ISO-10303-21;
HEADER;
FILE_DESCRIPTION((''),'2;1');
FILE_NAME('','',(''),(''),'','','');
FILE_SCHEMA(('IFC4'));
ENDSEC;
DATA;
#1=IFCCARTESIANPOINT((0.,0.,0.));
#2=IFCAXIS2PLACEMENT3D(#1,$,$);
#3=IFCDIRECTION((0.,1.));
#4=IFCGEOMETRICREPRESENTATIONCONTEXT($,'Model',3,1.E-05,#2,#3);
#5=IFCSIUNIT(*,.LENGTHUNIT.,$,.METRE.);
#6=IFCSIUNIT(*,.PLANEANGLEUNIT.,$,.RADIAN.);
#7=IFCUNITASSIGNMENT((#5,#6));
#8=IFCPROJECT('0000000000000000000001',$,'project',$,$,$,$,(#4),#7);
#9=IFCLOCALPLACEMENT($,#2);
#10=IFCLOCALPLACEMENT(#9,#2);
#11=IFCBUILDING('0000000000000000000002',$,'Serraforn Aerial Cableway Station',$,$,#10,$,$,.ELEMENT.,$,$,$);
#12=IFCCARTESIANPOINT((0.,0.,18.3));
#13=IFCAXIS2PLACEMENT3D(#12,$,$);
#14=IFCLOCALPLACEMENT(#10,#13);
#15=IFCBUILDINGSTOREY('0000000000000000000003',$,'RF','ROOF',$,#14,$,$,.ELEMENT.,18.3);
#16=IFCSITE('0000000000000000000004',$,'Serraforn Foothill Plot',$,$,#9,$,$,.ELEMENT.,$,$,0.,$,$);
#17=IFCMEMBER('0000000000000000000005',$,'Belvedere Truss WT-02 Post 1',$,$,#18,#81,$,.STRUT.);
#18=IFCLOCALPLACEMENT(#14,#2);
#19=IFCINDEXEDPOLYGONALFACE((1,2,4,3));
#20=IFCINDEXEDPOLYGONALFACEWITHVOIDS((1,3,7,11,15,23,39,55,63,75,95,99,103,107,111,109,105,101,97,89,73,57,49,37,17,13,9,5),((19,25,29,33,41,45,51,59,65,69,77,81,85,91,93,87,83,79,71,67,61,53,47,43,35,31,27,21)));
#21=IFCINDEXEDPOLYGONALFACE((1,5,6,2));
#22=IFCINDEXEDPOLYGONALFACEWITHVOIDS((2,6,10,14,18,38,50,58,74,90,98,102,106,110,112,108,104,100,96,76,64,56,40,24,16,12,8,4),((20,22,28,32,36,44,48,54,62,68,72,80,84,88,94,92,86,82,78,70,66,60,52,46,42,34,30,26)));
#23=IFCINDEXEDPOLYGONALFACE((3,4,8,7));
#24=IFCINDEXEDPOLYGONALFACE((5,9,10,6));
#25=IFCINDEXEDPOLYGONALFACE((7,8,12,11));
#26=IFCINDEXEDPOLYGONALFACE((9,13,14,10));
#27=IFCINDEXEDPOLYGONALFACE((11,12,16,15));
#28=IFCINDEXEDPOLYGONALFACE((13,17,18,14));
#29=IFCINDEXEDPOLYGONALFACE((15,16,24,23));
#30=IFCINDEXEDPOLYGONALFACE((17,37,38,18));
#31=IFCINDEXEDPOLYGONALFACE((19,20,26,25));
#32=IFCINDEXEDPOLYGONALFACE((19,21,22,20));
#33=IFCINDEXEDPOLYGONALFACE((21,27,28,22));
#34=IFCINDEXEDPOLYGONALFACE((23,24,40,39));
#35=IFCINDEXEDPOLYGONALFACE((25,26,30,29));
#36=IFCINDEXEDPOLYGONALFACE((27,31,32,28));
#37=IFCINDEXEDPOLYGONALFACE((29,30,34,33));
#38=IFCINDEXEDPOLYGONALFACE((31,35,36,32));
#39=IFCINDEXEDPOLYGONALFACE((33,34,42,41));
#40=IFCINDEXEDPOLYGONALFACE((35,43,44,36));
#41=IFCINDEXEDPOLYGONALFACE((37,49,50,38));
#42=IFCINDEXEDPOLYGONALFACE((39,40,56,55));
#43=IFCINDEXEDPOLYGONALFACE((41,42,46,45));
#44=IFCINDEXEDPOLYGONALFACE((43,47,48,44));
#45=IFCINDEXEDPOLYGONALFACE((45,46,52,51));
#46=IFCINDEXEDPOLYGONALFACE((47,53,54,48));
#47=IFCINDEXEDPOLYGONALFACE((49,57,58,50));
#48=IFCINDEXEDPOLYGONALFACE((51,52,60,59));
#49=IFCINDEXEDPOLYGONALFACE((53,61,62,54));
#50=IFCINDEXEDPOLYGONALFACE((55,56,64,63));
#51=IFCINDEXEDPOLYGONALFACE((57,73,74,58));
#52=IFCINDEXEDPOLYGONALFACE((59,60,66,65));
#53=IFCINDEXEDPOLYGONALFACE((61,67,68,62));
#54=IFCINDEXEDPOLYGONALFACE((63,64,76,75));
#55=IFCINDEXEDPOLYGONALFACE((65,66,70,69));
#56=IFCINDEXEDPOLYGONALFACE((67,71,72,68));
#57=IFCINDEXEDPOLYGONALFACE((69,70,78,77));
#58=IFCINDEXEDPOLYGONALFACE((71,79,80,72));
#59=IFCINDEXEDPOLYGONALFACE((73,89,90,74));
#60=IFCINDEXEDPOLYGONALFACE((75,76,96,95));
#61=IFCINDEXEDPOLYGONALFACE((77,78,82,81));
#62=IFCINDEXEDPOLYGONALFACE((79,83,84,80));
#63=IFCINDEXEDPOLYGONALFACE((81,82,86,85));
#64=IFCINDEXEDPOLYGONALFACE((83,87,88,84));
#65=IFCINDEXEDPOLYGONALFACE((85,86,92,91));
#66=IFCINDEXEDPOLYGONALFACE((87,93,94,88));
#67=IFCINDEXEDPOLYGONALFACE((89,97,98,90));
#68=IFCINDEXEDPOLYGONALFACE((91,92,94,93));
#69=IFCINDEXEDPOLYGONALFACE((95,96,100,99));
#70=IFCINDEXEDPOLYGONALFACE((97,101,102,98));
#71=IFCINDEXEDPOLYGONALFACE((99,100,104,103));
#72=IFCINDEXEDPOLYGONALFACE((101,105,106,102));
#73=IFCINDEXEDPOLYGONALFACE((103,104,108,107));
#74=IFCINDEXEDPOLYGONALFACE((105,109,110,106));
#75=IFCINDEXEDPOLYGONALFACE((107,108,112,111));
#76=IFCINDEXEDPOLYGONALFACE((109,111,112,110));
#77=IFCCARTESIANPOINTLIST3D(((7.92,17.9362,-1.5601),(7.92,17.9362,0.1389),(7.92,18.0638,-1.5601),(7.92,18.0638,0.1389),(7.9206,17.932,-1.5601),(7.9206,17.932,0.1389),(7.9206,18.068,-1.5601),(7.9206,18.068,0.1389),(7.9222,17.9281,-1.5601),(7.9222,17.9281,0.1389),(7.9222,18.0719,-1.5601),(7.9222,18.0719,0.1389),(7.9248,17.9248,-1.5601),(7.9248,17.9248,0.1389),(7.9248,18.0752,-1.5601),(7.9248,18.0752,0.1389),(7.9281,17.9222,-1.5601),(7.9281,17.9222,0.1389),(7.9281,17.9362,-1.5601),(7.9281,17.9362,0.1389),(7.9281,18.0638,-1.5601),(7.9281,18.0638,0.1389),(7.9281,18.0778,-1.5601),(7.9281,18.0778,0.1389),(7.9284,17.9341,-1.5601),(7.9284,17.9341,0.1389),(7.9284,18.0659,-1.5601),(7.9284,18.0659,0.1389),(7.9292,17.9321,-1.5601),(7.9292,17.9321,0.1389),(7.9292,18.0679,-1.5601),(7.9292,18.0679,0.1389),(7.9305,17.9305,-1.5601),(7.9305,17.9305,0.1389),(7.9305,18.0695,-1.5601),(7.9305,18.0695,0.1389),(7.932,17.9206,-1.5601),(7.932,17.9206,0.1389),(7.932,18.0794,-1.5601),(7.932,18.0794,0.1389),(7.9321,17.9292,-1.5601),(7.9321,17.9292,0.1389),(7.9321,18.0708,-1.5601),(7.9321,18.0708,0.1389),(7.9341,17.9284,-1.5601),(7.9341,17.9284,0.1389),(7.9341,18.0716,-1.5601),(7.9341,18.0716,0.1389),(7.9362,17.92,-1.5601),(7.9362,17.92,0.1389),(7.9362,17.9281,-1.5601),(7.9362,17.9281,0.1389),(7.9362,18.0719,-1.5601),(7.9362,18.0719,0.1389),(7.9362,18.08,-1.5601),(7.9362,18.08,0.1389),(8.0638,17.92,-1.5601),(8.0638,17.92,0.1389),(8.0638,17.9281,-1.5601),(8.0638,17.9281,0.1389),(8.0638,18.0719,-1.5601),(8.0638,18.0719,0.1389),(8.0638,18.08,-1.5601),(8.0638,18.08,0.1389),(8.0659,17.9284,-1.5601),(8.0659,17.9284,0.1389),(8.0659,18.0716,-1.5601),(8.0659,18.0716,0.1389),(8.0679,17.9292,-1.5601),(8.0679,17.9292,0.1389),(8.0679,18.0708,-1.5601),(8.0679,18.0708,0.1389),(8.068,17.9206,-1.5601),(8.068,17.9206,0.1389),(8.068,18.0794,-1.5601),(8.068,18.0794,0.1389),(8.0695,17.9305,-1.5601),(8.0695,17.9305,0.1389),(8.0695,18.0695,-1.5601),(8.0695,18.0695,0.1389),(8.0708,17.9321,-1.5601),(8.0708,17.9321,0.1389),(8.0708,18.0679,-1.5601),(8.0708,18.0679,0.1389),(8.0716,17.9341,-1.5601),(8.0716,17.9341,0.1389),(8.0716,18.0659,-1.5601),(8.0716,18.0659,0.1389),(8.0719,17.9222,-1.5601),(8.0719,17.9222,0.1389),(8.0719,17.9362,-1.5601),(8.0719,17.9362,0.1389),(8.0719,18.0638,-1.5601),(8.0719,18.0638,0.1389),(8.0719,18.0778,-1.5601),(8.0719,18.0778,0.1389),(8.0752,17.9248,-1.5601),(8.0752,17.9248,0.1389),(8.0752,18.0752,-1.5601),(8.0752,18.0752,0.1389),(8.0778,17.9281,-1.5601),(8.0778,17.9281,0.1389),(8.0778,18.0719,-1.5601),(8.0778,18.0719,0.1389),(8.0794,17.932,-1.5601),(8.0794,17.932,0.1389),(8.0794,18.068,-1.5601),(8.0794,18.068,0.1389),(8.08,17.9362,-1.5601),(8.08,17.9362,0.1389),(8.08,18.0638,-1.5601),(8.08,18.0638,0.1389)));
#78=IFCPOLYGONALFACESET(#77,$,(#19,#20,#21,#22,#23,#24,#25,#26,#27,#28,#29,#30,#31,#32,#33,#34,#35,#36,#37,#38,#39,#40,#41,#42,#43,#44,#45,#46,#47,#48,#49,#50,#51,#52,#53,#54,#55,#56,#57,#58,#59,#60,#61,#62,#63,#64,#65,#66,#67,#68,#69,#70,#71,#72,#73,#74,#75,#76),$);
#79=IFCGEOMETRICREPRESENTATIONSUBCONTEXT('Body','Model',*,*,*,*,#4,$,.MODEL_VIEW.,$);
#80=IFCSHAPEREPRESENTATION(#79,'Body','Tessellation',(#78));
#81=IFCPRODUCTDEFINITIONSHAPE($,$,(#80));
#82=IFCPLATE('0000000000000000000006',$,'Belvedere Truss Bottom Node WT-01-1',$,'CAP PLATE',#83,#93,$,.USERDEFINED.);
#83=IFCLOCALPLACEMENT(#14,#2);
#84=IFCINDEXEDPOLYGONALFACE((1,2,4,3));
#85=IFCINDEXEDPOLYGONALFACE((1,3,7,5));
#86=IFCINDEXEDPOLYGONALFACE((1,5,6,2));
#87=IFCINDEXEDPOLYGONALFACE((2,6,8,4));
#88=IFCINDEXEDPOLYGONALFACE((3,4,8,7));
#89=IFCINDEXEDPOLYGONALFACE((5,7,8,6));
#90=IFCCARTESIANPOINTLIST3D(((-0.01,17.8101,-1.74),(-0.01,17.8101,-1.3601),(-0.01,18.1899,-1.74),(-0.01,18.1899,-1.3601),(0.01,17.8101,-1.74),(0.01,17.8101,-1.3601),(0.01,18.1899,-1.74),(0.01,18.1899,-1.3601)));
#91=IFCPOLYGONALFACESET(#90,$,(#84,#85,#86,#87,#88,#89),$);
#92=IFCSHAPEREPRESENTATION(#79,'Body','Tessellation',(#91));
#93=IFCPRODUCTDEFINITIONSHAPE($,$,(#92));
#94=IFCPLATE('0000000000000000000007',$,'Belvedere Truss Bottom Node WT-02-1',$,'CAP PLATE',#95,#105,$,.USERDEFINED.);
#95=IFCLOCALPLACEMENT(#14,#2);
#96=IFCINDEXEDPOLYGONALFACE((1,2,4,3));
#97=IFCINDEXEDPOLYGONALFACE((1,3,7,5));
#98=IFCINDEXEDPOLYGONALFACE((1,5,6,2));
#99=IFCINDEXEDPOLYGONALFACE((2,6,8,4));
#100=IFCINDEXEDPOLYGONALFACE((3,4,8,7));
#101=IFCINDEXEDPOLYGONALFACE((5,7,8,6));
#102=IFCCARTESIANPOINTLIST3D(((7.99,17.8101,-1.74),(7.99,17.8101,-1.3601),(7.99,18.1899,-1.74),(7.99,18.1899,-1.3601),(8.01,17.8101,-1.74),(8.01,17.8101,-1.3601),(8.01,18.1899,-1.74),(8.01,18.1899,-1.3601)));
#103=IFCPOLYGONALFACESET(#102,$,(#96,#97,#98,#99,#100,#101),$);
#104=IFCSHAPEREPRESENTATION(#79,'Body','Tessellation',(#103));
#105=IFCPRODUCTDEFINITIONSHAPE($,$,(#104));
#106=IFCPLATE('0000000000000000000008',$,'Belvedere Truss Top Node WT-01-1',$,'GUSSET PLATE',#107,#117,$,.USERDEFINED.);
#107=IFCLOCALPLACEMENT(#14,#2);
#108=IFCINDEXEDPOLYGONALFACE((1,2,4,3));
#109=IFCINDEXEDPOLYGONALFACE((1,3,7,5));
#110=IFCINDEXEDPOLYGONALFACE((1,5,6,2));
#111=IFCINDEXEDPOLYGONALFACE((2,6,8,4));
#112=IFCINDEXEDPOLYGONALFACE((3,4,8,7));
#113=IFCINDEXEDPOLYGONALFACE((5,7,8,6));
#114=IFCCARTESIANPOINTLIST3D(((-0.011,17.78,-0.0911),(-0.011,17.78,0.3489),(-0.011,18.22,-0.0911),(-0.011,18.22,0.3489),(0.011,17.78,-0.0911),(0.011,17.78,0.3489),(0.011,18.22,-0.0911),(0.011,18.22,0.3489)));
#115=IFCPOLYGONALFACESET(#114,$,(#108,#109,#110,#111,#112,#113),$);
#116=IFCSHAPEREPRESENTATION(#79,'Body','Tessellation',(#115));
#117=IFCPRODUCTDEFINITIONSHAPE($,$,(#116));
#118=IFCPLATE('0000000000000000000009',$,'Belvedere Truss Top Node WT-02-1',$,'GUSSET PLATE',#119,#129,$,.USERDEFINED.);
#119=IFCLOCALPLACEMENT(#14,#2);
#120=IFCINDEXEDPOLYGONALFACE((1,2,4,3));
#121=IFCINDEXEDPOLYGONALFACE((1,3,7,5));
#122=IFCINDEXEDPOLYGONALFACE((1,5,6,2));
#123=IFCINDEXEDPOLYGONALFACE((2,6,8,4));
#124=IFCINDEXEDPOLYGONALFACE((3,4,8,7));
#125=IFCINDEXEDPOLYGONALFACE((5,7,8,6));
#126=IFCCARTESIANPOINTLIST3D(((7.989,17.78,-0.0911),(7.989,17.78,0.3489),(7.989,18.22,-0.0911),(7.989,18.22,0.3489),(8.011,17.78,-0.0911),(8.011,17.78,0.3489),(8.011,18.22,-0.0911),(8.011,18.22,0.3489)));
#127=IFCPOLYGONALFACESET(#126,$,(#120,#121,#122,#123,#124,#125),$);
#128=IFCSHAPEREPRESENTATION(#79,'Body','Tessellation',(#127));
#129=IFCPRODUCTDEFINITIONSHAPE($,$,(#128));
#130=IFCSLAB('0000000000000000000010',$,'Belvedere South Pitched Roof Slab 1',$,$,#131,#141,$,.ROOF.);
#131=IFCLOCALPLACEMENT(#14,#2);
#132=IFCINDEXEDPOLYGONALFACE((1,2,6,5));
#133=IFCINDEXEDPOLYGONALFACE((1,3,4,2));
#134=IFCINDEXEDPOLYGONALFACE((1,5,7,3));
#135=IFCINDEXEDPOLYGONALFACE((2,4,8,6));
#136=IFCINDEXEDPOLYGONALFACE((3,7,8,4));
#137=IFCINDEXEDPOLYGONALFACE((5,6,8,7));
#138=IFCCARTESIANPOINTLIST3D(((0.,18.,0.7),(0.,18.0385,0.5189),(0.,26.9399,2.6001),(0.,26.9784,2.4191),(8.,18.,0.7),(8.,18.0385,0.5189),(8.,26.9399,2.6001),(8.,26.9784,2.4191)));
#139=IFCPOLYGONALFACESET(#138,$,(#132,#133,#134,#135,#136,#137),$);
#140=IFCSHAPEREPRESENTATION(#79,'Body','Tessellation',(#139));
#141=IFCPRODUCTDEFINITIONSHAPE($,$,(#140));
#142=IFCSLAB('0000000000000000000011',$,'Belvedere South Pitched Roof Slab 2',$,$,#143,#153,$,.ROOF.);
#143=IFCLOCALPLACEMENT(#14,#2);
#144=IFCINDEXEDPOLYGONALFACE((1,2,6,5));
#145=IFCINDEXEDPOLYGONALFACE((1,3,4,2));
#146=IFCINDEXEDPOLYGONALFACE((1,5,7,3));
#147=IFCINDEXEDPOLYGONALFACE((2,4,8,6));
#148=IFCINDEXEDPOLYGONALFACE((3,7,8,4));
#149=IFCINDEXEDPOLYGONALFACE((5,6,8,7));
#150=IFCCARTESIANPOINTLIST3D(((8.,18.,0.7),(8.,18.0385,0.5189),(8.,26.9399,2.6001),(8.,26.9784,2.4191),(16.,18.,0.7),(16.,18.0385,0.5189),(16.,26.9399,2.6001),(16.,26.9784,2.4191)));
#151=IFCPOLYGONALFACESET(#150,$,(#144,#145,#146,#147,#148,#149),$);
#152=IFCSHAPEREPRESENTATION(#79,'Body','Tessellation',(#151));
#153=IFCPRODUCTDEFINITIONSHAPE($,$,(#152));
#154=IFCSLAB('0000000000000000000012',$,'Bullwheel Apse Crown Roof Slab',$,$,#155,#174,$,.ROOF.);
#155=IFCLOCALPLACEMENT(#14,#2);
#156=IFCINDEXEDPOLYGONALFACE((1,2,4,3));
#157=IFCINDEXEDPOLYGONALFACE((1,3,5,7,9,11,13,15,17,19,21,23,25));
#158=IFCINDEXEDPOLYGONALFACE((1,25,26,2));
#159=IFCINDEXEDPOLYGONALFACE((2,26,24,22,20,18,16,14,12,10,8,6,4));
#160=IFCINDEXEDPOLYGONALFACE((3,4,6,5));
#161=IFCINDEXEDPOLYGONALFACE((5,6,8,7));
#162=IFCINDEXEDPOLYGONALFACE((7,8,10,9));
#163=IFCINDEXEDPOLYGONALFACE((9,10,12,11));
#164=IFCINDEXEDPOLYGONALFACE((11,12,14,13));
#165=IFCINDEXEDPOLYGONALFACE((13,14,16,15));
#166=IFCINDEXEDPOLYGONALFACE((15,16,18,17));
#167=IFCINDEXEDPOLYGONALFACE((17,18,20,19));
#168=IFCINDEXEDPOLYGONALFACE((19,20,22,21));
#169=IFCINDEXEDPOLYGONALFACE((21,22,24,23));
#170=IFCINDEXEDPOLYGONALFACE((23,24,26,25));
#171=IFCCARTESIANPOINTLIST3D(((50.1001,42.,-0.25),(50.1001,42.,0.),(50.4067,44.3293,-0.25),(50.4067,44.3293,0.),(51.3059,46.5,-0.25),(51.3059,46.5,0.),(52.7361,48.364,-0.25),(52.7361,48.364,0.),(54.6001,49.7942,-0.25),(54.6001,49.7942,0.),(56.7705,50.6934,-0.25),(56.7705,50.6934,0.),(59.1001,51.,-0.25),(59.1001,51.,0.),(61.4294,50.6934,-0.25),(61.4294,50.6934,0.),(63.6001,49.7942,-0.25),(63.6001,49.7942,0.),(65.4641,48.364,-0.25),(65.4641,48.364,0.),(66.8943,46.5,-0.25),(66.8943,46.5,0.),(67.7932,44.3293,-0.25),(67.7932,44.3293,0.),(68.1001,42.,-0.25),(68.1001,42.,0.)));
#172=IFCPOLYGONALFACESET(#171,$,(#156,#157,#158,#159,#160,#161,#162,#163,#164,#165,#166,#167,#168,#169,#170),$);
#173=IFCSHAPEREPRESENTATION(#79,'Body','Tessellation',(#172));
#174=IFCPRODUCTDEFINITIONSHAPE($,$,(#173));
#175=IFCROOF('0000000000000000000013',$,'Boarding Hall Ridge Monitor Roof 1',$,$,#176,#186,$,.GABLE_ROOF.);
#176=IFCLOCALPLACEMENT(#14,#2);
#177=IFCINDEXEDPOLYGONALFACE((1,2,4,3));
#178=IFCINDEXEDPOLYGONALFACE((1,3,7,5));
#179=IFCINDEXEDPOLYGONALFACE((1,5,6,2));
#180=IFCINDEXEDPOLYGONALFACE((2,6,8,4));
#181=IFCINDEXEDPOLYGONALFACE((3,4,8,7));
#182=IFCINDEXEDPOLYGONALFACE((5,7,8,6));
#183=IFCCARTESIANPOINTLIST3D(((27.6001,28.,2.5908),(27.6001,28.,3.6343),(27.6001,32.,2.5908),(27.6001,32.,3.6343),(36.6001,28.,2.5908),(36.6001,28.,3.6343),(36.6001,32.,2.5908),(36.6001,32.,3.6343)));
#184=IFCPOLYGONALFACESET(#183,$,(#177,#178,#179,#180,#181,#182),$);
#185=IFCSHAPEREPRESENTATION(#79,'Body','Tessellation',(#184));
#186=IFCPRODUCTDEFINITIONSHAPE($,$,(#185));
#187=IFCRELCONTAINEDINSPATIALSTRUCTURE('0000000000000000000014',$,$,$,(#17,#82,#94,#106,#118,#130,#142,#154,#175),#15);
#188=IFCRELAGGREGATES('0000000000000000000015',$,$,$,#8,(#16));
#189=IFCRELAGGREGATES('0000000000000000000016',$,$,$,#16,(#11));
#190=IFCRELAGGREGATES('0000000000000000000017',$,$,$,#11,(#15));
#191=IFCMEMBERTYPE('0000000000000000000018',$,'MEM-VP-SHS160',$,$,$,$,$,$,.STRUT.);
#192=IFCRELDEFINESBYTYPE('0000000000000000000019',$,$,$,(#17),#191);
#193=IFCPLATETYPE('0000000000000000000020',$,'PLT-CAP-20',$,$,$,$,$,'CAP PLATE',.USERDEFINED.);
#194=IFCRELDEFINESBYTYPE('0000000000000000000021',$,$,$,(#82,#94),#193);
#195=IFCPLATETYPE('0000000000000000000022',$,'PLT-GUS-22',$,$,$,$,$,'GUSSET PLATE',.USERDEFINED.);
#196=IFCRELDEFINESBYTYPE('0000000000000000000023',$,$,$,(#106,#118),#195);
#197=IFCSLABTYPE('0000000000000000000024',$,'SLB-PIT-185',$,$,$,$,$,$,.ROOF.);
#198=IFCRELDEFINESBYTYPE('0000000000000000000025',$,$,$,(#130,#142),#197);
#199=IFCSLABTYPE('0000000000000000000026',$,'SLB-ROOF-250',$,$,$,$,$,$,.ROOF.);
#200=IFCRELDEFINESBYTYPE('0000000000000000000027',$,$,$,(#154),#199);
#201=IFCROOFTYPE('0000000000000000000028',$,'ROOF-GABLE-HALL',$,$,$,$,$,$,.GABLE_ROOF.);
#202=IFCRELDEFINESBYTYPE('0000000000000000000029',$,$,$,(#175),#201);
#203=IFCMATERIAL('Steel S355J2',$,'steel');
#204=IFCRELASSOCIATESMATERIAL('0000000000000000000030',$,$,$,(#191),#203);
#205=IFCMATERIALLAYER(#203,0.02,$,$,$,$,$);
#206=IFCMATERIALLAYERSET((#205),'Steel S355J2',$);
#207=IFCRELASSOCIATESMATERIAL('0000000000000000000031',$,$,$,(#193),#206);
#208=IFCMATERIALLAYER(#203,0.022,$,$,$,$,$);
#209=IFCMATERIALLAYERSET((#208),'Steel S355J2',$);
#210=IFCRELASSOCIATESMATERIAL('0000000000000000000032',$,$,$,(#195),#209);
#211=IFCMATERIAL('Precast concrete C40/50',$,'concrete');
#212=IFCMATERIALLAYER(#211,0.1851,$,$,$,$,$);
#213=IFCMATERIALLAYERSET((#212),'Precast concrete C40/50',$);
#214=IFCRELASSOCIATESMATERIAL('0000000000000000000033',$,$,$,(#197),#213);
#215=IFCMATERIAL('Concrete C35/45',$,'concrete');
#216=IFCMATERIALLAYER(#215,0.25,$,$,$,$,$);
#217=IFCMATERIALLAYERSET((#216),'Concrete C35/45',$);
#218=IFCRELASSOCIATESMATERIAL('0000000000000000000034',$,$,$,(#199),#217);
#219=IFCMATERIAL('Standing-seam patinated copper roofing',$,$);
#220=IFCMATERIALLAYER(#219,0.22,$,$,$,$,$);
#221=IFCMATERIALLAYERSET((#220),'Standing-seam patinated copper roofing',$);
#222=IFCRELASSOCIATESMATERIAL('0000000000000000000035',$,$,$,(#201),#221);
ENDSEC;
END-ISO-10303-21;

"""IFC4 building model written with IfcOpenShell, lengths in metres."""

from ifc_helpers import new_model, si_unit, direction, frame, origin, origin_2d, place, context, subcontext, project, spatial, polyline, rectangle, hollow_rectangle, outline, extrude, material, layer, layer_set, material_profile, profile_set, type_object, element, save


model = new_model("IFC4")

# Units and contexts
model_context = context("Model", 3, precision=1e-05, world=origin(), true_north=direction((0.0, 1.0)))
body_context = subcontext(model_context, "Body", "Model", "MODEL_VIEW")
ifc_project = project(units=[si_unit("LENGTHUNIT", "METRE"), si_unit("PLANEANGLEUNIT", "RADIAN")], contexts=[model_context])

# Site, building, storey
site_placement = place(None, origin())
site = spatial("IfcSite", under=ifc_project, at=site_placement, Name="Serraforn Foothill Plot", CompositionType="ELEMENT", RefElevation=0.0)
building_placement = place(site_placement, origin())
building = spatial("IfcBuilding", under=site, at=building_placement, Name="Serraforn Aerial Cableway Station", CompositionType="ELEMENT")
storey_placement = place(building_placement, frame((0.0, 0.0, 18.3)))
storey = spatial("IfcBuildingStorey", under=building, at=storey_placement, Name="RF", Description="ROOF", CompositionType="ELEMENT", Elevation=18.3)

# Member
ifc_material_1 = material(Name="Steel S355J2", Category="steel")
ifc_material_profile_1 = material_profile(ifc_material_1, hollow_rectangle(XDim=0.1599, YDim=0.1599, WallThickness=0.0081, InnerFilletRadius=0.0081, OuterFilletRadius=0.0161, at=origin_2d()), Name="SHS 160x160x8.0")
ifc_profile_set_1 = profile_set([ifc_material_profile_1], Name="Steel S355J2")
member_type_1 = type_object("IfcMemberType", Name="MEM-VP-SHS160", PredefinedType="STRUT", material=ifc_profile_set_1)
for number, where, z_axis, x_axis, name in (
    (1, (8.0, 18.0, -1.5601), (0.0, 0.0, 1.0), (1.0, 0.0, 0.0), "Belvedere Truss WT-02 Post 1"),
):
    element("IfcMember", number, at=place(storey_placement, frame(where, z_axis=z_axis, x_axis=x_axis)), inside=storey, type_object=member_type_1, Name=name, PredefinedType="STRUT", context=body_context, shape_type="SweptSolid", body=[
        extrude(hollow_rectangle(XDim=0.1599, YDim=0.1599, WallThickness=0.0081, InnerFilletRadius=0.0081, OuterFilletRadius=0.0161, at=origin_2d()), origin(), (0.0, 0.0, 1.0), 1.699),
    ])

# Plates
ifc_layer_1 = layer(ifc_material_1, 0.02)
ifc_layer_set_1 = layer_set([ifc_layer_1], Name="Steel S355J2")
plate_type_1 = type_object("IfcPlateType", Name="PLT-CAP-20", ElementType="CAP PLATE", PredefinedType="USERDEFINED", material=ifc_layer_set_1)
for number, where, z_axis, x_axis, name in (
    (2, (0.0, 18.0, -1.74), (0.0, 0.0, 1.0), (1.0, 0.0, 0.0), "Belvedere Truss Bottom Node WT-01-1"),
    (3, (8.0, 18.0, -1.74), (0.0, 0.0, 1.0), (1.0, 0.0, 0.0), "Belvedere Truss Bottom Node WT-02-1"),
):
    element("IfcPlate", number, at=place(storey_placement, frame(where, z_axis=z_axis, x_axis=x_axis)), inside=storey, type_object=plate_type_1, Name=name, ObjectType="CAP PLATE", PredefinedType="USERDEFINED", context=body_context, shape_type="SweptSolid", body=[
        extrude(rectangle(XDim=0.02, YDim=0.3799, at=origin_2d()), origin(), (0.0, 0.0, 1.0), 0.3799),
    ])
ifc_layer_2 = layer(ifc_material_1, 0.022)
ifc_layer_set_2 = layer_set([ifc_layer_2], Name="Steel S355J2")
plate_type_2 = type_object("IfcPlateType", Name="PLT-GUS-22", ElementType="GUSSET PLATE", PredefinedType="USERDEFINED", material=ifc_layer_set_2)
for number, where, z_axis, x_axis, name in (
    (4, (0.0, 18.0, -0.0911), (0.0, 0.0, 1.0), (1.0, 0.0, 0.0), "Belvedere Truss Top Node WT-01-1"),
    (5, (8.0, 18.0, -0.0911), (0.0, 0.0, 1.0), (1.0, 0.0, 0.0), "Belvedere Truss Top Node WT-02-1"),
):
    element("IfcPlate", number, at=place(storey_placement, frame(where, z_axis=z_axis, x_axis=x_axis)), inside=storey, type_object=plate_type_2, Name=name, ObjectType="GUSSET PLATE", PredefinedType="USERDEFINED", context=body_context, shape_type="SweptSolid", body=[
        extrude(rectangle(XDim=0.022, YDim=0.4399, at=origin_2d()), origin(), (0.0, 0.0, 1.0), 0.4399),
    ])

# Slabs
ifc_material_2 = material(Name="Precast concrete C40/50", Category="concrete")
ifc_layer_3 = layer(ifc_material_2, 0.1851)
ifc_layer_set_3 = layer_set([ifc_layer_3], Name="Precast concrete C40/50")
slab_type_1 = type_object("IfcSlabType", Name="SLB-PIT-185", PredefinedType="ROOF", material=ifc_layer_set_3)
for number, where, z_axis, x_axis, name in (
    (6, (0.0, 18.0, 0.7), (0.0, -0.207902, 0.97815), (1.0, 0.0, 0.0), "Belvedere South Pitched Roof Slab 1"),
    (7, (8.0, 18.0, 0.7), (0.0, -0.207902, 0.97815), (1.0, 0.0, 0.0), "Belvedere South Pitched Roof Slab 2"),
):
    element("IfcSlab", number, at=place(storey_placement, frame(where, z_axis=z_axis, x_axis=x_axis)), inside=storey, type_object=slab_type_1, Name=name, PredefinedType="ROOF", context=body_context, shape_type="SweptSolid", body=[
        extrude(outline(polyline([(0.0, 0.0), (8.0, 0.0), (8.0, 9.1396), (0.0, 9.1396), (0.0, 0.0)])), origin(), (0.0, 0.0, -1.0), 0.1851),
    ])
ifc_material_3 = material(Name="Concrete C35/45", Category="concrete")
ifc_layer_4 = layer(ifc_material_3, 0.25)
ifc_layer_set_4 = layer_set([ifc_layer_4], Name="Concrete C35/45")
slab_type_2 = type_object("IfcSlabType", Name="SLB-ROOF-250", PredefinedType="ROOF", material=ifc_layer_set_4)
slab_placement = place(storey_placement, frame((0.0, 0.0, -0.25)))
element("IfcSlab", 8, at=slab_placement, inside=storey, type_object=slab_type_2, Name="Bullwheel Apse Crown Roof Slab", PredefinedType="ROOF", context=body_context, shape_type="SweptSolid", body=[
    extrude(outline(polyline([(50.1001, 42.0), (50.1001, 42.0), (50.4067, 44.3293), (51.3059, 46.5), (52.7361, 48.364), (54.6001, 49.7942), (56.7705, 50.6934), (59.1001, 51.0), (61.4294, 50.6934), (63.6001, 49.7942), (65.4641, 48.364), (66.8943, 46.5), (67.7932, 44.3293), (68.1001, 42.0), (68.1001, 42.0), (50.1001, 42.0)])), origin(), (0.0, 0.0, 1.0), 0.25),
])

# Roof
ifc_material_4 = material(Name="Standing-seam patinated copper roofing")
ifc_layer_5 = layer(ifc_material_4, 0.22)
ifc_layer_set_5 = layer_set([ifc_layer_5], Name="Standing-seam patinated copper roofing")
roof_type = type_object("IfcRoofType", Name="ROOF-GABLE-HALL", PredefinedType="GABLE_ROOF", material=ifc_layer_set_5)
roof_1_placement = place(storey_placement, frame((0.0, 0.0, 2.5908)))
element("IfcRoof", 9, at=roof_1_placement, inside=storey, type_object=roof_type, Name="Boarding Hall Ridge Monitor Roof 1", PredefinedType="GABLE_ROOF", context=body_context, shape_type="SweptSolid", body=[
    extrude(outline(polyline([(27.6001, 28.0), (36.6001, 28.0), (36.6001, 32.0), (27.6001, 32.0), (27.6001, 28.0)])), origin(), (0.0, 0.0, 1.0), 1.0435),
])

save(model, "model.ifc")
